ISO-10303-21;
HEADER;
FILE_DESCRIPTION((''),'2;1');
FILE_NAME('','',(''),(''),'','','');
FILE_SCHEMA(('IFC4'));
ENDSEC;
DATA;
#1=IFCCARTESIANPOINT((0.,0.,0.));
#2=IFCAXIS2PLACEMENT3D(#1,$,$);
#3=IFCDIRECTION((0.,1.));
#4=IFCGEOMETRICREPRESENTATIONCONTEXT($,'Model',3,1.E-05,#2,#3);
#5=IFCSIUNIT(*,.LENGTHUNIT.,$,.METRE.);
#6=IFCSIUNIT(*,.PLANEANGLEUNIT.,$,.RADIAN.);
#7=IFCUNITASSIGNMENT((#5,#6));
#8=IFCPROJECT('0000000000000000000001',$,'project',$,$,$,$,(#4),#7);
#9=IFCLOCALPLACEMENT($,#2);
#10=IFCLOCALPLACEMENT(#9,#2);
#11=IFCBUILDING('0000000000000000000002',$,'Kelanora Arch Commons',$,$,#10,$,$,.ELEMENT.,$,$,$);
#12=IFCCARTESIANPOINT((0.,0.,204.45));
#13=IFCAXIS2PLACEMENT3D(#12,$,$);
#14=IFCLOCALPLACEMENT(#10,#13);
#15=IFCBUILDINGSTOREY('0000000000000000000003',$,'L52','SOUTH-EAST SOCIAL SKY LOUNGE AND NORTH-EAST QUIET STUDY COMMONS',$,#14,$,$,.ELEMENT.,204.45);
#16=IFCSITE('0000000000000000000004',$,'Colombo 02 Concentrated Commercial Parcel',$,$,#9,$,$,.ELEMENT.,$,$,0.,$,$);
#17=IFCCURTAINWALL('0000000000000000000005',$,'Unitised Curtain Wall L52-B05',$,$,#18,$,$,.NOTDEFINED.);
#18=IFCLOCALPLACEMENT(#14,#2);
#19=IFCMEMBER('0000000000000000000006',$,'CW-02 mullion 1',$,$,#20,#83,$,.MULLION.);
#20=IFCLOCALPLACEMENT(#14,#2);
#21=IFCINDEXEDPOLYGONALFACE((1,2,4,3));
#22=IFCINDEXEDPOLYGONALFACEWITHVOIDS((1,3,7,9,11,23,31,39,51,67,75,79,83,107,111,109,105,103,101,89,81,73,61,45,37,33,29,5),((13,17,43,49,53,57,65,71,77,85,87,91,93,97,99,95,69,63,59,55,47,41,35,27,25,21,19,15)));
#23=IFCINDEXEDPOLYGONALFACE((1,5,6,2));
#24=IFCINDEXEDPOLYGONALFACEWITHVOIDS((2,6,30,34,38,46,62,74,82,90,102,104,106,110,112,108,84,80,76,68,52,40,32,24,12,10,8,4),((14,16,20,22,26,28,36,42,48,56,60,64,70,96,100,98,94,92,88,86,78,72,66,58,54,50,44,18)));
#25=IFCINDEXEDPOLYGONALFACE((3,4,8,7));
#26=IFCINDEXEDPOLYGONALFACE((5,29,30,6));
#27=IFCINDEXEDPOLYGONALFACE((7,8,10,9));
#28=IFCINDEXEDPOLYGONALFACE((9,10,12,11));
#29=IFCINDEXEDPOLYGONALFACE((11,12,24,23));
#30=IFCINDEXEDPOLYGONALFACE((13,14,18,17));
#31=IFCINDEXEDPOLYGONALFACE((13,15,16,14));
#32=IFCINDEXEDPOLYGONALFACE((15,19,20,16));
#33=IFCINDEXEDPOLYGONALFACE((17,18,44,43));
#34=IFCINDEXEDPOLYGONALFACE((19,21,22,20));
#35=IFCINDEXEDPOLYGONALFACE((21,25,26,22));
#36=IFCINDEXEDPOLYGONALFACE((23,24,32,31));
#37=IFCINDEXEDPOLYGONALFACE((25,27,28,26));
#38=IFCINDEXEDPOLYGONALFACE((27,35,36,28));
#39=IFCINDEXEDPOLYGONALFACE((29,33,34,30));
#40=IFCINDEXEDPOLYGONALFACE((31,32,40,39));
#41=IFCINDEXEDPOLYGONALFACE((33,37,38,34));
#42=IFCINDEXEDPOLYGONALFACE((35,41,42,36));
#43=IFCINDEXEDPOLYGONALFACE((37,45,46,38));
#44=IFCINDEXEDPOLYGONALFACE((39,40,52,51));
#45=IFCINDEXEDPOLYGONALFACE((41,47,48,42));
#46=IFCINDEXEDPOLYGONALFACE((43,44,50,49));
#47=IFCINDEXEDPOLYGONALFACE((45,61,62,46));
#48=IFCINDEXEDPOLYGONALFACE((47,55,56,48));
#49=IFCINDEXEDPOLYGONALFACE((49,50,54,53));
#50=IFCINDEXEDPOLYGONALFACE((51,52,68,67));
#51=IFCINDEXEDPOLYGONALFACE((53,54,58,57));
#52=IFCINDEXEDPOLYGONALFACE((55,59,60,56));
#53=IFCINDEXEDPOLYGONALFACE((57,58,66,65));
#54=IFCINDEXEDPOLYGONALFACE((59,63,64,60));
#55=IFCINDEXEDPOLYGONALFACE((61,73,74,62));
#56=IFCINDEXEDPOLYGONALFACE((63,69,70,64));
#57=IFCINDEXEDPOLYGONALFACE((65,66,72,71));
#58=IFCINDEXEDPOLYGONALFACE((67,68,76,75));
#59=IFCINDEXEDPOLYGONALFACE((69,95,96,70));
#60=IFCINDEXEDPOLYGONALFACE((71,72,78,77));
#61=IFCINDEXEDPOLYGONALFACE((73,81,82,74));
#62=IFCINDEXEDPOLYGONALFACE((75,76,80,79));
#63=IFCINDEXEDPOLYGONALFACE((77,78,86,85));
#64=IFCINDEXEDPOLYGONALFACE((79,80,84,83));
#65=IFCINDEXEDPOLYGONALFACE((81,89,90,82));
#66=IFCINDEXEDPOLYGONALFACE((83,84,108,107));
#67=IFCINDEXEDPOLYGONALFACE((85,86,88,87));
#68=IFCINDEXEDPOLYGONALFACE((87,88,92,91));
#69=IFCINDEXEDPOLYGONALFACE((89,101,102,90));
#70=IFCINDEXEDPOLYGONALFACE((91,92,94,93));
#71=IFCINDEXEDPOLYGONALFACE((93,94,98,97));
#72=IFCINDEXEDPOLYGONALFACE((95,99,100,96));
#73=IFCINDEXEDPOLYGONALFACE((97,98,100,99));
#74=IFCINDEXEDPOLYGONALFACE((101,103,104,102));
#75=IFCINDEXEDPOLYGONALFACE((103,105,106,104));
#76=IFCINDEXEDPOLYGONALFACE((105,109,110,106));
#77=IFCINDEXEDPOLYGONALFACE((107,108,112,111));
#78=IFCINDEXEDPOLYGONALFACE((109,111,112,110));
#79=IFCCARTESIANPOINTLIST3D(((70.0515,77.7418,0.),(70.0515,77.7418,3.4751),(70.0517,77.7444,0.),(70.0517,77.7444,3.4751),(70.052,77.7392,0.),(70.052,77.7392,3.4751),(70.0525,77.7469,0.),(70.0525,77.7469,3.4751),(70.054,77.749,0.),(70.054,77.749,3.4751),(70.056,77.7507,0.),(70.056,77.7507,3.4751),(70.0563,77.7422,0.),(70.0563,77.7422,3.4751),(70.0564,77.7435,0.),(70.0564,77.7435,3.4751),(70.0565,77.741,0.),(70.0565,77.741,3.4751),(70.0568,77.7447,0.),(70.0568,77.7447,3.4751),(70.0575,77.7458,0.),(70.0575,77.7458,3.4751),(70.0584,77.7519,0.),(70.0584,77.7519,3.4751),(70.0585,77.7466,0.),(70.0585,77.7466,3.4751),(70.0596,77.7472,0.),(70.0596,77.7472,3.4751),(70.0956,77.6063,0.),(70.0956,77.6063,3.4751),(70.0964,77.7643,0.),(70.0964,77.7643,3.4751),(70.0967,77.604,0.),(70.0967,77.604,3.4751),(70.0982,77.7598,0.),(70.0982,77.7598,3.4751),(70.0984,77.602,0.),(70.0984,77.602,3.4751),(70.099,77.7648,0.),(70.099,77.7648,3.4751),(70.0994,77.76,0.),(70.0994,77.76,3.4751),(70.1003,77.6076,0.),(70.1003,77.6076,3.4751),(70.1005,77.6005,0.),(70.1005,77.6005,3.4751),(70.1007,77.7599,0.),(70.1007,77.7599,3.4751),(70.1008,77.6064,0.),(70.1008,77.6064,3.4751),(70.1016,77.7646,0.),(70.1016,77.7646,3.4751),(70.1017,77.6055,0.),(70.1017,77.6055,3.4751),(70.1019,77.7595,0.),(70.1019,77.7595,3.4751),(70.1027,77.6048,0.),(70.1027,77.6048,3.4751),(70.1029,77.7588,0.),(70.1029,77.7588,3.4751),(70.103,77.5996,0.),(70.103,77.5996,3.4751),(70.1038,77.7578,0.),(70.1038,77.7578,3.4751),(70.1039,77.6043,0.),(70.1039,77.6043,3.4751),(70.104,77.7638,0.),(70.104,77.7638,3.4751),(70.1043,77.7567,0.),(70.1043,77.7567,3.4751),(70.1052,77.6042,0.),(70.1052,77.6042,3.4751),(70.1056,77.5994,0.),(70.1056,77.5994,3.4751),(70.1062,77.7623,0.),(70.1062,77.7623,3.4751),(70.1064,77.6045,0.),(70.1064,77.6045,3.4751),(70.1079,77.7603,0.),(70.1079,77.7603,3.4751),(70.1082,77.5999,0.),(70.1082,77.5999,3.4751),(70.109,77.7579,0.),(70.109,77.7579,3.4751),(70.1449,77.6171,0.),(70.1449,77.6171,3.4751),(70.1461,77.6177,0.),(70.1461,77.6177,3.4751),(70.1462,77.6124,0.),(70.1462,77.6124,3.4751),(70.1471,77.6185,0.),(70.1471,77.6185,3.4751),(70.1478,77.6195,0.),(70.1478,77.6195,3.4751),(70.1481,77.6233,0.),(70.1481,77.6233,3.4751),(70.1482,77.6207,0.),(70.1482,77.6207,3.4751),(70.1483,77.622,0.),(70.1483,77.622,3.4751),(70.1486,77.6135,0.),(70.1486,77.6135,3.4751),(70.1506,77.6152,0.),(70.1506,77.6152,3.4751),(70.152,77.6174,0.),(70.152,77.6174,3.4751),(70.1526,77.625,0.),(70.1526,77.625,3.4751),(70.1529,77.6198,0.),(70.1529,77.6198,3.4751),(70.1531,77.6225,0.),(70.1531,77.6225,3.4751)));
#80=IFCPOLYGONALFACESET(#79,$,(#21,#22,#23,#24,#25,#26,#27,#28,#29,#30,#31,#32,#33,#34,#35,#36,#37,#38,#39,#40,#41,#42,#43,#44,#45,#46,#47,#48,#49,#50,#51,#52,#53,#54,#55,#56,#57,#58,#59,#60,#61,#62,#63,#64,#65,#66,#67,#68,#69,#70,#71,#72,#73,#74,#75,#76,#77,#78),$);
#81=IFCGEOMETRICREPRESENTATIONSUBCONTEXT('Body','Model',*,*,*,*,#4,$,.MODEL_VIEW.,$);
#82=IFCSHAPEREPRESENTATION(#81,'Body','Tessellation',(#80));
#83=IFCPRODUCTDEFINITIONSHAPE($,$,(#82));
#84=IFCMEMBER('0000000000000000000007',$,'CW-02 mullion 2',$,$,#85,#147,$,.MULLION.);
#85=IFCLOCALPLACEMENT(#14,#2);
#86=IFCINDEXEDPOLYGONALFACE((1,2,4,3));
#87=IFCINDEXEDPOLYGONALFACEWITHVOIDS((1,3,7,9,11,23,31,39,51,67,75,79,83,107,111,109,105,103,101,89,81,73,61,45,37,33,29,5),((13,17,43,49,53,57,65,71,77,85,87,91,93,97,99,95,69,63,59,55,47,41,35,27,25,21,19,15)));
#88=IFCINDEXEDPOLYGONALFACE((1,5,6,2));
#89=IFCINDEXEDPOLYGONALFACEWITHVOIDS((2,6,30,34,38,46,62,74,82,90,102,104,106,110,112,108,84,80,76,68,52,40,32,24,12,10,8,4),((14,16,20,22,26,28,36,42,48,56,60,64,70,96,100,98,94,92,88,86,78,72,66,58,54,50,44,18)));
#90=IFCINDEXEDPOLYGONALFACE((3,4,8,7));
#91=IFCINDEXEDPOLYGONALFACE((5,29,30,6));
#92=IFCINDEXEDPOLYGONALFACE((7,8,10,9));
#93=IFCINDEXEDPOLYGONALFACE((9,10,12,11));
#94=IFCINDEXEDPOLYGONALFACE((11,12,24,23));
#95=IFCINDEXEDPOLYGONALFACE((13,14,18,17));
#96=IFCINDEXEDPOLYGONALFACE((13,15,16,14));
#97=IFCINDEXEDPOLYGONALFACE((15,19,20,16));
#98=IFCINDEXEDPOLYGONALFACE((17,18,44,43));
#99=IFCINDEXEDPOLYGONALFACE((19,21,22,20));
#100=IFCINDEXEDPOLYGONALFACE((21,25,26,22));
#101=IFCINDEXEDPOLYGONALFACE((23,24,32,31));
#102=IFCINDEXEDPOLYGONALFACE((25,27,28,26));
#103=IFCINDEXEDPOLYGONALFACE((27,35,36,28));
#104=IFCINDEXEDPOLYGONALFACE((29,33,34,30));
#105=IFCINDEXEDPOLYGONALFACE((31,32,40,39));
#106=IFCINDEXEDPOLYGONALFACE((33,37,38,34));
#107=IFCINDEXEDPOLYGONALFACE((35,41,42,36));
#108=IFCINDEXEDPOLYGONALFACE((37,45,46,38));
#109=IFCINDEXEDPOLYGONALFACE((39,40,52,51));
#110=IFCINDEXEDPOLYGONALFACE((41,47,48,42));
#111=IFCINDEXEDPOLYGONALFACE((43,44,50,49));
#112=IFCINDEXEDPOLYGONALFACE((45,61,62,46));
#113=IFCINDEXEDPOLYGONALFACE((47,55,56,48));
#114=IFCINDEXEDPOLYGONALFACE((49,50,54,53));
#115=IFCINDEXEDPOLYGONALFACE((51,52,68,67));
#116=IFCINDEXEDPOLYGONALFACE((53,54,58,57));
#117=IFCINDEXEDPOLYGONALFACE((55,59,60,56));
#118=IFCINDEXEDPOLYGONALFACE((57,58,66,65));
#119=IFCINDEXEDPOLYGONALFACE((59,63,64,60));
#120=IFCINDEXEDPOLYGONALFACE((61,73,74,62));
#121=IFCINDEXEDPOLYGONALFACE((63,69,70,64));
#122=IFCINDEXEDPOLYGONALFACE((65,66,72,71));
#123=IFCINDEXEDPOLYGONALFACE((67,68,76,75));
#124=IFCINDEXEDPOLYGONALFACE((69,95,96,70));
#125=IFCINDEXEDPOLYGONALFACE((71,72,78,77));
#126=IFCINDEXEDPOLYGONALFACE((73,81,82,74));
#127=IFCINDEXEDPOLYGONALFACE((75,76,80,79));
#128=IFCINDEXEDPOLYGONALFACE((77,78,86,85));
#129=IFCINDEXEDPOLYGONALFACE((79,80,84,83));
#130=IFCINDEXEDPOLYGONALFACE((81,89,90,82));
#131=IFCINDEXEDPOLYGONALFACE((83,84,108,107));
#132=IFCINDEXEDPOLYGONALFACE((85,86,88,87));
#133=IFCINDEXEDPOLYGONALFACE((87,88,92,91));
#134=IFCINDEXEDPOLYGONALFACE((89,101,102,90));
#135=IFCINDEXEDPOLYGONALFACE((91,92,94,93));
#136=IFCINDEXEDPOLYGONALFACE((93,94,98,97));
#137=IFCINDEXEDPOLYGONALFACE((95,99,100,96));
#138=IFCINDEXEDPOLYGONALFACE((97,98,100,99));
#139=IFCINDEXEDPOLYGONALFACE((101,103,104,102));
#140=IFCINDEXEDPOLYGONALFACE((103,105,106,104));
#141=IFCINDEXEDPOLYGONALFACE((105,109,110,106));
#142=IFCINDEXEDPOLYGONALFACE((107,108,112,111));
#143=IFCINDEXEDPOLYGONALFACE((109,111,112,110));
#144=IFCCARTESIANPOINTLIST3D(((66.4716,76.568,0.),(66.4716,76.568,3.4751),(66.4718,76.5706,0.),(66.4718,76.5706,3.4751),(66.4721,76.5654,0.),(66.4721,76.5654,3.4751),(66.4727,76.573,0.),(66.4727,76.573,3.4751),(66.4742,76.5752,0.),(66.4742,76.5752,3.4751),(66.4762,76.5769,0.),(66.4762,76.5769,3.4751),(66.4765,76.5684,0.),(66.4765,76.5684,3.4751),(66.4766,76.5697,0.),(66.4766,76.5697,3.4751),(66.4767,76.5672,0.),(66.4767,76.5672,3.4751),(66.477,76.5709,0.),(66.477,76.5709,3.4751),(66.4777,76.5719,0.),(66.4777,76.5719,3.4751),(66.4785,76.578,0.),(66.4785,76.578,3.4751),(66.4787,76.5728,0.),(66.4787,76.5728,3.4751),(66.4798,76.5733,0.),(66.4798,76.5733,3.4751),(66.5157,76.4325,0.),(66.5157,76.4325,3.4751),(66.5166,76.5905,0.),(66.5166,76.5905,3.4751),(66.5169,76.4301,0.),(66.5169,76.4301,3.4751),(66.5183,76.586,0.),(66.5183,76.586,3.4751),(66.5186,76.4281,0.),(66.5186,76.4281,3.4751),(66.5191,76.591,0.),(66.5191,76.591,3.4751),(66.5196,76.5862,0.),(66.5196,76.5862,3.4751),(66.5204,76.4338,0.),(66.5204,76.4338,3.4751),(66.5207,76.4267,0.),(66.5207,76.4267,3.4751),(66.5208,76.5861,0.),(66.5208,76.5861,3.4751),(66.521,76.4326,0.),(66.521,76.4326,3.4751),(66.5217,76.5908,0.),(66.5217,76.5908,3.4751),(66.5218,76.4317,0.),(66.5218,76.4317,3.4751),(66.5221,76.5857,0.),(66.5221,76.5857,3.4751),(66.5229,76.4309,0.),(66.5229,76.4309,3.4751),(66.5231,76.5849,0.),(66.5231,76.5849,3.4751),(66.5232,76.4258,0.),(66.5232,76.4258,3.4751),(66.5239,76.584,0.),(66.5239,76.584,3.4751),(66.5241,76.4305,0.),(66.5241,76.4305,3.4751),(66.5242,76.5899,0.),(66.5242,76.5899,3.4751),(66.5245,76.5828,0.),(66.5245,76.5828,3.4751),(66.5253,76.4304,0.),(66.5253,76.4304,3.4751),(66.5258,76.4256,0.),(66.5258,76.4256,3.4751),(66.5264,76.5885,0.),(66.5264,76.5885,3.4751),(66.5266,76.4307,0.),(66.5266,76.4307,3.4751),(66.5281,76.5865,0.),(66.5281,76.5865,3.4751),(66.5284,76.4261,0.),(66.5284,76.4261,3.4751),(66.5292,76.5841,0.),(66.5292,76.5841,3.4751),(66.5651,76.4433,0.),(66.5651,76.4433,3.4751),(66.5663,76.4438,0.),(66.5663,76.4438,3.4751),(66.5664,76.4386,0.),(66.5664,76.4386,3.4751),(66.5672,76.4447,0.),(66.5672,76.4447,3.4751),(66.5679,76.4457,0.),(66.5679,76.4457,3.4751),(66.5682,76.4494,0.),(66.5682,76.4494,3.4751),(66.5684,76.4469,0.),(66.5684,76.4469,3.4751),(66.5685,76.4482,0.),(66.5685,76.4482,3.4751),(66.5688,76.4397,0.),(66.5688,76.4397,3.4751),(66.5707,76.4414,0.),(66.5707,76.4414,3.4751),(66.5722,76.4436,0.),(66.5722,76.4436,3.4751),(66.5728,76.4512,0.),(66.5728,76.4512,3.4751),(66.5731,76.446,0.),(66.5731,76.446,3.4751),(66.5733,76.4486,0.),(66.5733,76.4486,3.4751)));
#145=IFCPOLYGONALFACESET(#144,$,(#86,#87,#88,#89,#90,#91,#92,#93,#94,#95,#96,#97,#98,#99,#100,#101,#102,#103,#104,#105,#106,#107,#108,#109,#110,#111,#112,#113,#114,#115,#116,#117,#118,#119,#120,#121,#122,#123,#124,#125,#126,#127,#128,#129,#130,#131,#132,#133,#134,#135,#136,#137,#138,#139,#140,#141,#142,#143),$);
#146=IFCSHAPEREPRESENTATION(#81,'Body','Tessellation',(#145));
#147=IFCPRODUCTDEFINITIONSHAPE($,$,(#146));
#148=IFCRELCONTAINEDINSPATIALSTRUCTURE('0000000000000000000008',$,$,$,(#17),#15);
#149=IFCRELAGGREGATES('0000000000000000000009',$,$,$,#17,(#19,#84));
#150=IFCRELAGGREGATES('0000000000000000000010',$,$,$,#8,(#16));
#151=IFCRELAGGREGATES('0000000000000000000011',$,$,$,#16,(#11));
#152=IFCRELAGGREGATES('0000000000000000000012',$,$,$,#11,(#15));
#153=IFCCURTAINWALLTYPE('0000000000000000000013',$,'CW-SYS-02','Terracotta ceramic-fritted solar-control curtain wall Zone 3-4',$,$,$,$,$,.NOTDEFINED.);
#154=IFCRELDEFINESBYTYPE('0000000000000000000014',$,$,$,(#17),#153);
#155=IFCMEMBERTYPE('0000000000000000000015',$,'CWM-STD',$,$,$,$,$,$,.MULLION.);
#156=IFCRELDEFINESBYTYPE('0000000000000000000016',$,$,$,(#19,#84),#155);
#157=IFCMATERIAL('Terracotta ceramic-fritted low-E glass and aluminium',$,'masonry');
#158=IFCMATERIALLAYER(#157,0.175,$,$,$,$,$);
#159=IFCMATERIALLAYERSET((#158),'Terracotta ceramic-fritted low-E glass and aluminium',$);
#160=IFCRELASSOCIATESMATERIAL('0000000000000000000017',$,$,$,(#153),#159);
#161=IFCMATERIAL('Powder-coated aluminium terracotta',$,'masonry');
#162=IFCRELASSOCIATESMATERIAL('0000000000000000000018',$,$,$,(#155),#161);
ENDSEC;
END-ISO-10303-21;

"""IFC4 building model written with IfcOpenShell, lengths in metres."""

from ifc_helpers import new_model, si_unit, direction, frame, origin, origin_2d, place, context, subcontext, project, spatial, hollow_rectangle, extrude, material, layer, layer_set, material_profile, profile_set, type_object, element, aggregate, save


model = new_model("IFC4")

# Units and contexts
model_context = context("Model", 3, precision=1e-05, world=origin(), true_north=direction((0.0, 1.0)))
body_context = subcontext(model_context, "Body", "Model", "MODEL_VIEW")
ifc_project = project(units=[si_unit("LENGTHUNIT", "METRE"), si_unit("PLANEANGLEUNIT", "RADIAN")], contexts=[model_context])

# Site, building, storey
site_placement = place(None, origin())
site = spatial("IfcSite", under=ifc_project, at=site_placement, Name="Colombo 02 Concentrated Commercial Parcel", CompositionType="ELEMENT", RefElevation=0.0)
building_placement = place(site_placement, origin())
building = spatial("IfcBuilding", under=site, at=building_placement, Name="Kelanora Arch Commons", CompositionType="ELEMENT")
storey_placement = place(building_placement, frame((0.0, 0.0, 204.45)))
storey = spatial("IfcBuildingStorey", under=building, at=storey_placement, Name="L52", Description="SOUTH-EAST SOCIAL SKY LOUNGE AND NORTH-EAST QUIET STUDY COMMONS", CompositionType="ELEMENT", Elevation=204.45)

# Curtain wall, members
ifc_material_1 = material(Name="Terracotta ceramic-fritted low-E glass and aluminium", Category="masonry")
ifc_layer_1 = layer(ifc_material_1, 0.175)
ifc_layer_set_1 = layer_set([ifc_layer_1], Name="Terracotta ceramic-fritted low-E glass and aluminium")
curtain_wall_type = type_object("IfcCurtainWallType", Name="CW-SYS-02", Description="Terracotta ceramic-fritted solar-control curtain wall Zone 3-4", PredefinedType="NOTDEFINED", material=ifc_layer_set_1)
curtain_wall_placement = place(storey_placement, origin())
curtain_wall = element("IfcCurtainWall", 1, at=curtain_wall_placement, inside=storey, type_object=curtain_wall_type, Name="Unitised Curtain Wall L52-B05", PredefinedType="NOTDEFINED")
ifc_material_2 = material(Name="Powder-coated aluminium terracotta", Category="masonry")
ifc_material_profile_1 = material_profile(ifc_material_2, hollow_rectangle(XDim=0.1599, YDim=0.0601, WallThickness=0.0049, InnerFilletRadius=0.0049, OuterFilletRadius=0.01, at=origin_2d()), Name="CWM160x60")
ifc_profile_set_1 = profile_set([ifc_material_profile_1], Name="Powder-coated aluminium terracotta")
member_type_1 = type_object("IfcMemberType", Name="CWM-STD", PredefinedType="MULLION", material=ifc_profile_set_1)
member_1_placement = place(storey_placement, frame((70.1023, 77.6821, 0.0), z_axis=(0.0, 0.0, 1.0), x_axis=(0.311582, -0.950219, 0.0)))
member_1 = element("IfcMember", 2, at=member_1_placement, type_object=member_type_1, Name="CW-02 mullion 1", PredefinedType="MULLION", context=body_context, shape_type="SweptSolid", body=[
    extrude(hollow_rectangle(XDim=0.1599, YDim=0.0601, WallThickness=0.0049, InnerFilletRadius=0.0049, OuterFilletRadius=0.01, at=origin_2d()), origin(), (0.0, 0.0, 1.0), 3.4751),
])
member_2_placement = place(storey_placement, frame((66.5225, 76.5083, 0.0), z_axis=(0.0, 0.0, 1.0), x_axis=(0.311582, -0.950219, 0.0)))
member_2 = element("IfcMember", 3, at=member_2_placement, type_object=member_type_1, Name="CW-02 mullion 2", PredefinedType="MULLION", context=body_context, shape_type="SweptSolid", body=[
    extrude(hollow_rectangle(XDim=0.1599, YDim=0.0601, WallThickness=0.0049, InnerFilletRadius=0.0049, OuterFilletRadius=0.01, at=origin_2d()), origin(), (0.0, 0.0, 1.0), 3.4751),
])
aggregate(curtain_wall, [member_1, member_2])

save(model, "model.ifc")
